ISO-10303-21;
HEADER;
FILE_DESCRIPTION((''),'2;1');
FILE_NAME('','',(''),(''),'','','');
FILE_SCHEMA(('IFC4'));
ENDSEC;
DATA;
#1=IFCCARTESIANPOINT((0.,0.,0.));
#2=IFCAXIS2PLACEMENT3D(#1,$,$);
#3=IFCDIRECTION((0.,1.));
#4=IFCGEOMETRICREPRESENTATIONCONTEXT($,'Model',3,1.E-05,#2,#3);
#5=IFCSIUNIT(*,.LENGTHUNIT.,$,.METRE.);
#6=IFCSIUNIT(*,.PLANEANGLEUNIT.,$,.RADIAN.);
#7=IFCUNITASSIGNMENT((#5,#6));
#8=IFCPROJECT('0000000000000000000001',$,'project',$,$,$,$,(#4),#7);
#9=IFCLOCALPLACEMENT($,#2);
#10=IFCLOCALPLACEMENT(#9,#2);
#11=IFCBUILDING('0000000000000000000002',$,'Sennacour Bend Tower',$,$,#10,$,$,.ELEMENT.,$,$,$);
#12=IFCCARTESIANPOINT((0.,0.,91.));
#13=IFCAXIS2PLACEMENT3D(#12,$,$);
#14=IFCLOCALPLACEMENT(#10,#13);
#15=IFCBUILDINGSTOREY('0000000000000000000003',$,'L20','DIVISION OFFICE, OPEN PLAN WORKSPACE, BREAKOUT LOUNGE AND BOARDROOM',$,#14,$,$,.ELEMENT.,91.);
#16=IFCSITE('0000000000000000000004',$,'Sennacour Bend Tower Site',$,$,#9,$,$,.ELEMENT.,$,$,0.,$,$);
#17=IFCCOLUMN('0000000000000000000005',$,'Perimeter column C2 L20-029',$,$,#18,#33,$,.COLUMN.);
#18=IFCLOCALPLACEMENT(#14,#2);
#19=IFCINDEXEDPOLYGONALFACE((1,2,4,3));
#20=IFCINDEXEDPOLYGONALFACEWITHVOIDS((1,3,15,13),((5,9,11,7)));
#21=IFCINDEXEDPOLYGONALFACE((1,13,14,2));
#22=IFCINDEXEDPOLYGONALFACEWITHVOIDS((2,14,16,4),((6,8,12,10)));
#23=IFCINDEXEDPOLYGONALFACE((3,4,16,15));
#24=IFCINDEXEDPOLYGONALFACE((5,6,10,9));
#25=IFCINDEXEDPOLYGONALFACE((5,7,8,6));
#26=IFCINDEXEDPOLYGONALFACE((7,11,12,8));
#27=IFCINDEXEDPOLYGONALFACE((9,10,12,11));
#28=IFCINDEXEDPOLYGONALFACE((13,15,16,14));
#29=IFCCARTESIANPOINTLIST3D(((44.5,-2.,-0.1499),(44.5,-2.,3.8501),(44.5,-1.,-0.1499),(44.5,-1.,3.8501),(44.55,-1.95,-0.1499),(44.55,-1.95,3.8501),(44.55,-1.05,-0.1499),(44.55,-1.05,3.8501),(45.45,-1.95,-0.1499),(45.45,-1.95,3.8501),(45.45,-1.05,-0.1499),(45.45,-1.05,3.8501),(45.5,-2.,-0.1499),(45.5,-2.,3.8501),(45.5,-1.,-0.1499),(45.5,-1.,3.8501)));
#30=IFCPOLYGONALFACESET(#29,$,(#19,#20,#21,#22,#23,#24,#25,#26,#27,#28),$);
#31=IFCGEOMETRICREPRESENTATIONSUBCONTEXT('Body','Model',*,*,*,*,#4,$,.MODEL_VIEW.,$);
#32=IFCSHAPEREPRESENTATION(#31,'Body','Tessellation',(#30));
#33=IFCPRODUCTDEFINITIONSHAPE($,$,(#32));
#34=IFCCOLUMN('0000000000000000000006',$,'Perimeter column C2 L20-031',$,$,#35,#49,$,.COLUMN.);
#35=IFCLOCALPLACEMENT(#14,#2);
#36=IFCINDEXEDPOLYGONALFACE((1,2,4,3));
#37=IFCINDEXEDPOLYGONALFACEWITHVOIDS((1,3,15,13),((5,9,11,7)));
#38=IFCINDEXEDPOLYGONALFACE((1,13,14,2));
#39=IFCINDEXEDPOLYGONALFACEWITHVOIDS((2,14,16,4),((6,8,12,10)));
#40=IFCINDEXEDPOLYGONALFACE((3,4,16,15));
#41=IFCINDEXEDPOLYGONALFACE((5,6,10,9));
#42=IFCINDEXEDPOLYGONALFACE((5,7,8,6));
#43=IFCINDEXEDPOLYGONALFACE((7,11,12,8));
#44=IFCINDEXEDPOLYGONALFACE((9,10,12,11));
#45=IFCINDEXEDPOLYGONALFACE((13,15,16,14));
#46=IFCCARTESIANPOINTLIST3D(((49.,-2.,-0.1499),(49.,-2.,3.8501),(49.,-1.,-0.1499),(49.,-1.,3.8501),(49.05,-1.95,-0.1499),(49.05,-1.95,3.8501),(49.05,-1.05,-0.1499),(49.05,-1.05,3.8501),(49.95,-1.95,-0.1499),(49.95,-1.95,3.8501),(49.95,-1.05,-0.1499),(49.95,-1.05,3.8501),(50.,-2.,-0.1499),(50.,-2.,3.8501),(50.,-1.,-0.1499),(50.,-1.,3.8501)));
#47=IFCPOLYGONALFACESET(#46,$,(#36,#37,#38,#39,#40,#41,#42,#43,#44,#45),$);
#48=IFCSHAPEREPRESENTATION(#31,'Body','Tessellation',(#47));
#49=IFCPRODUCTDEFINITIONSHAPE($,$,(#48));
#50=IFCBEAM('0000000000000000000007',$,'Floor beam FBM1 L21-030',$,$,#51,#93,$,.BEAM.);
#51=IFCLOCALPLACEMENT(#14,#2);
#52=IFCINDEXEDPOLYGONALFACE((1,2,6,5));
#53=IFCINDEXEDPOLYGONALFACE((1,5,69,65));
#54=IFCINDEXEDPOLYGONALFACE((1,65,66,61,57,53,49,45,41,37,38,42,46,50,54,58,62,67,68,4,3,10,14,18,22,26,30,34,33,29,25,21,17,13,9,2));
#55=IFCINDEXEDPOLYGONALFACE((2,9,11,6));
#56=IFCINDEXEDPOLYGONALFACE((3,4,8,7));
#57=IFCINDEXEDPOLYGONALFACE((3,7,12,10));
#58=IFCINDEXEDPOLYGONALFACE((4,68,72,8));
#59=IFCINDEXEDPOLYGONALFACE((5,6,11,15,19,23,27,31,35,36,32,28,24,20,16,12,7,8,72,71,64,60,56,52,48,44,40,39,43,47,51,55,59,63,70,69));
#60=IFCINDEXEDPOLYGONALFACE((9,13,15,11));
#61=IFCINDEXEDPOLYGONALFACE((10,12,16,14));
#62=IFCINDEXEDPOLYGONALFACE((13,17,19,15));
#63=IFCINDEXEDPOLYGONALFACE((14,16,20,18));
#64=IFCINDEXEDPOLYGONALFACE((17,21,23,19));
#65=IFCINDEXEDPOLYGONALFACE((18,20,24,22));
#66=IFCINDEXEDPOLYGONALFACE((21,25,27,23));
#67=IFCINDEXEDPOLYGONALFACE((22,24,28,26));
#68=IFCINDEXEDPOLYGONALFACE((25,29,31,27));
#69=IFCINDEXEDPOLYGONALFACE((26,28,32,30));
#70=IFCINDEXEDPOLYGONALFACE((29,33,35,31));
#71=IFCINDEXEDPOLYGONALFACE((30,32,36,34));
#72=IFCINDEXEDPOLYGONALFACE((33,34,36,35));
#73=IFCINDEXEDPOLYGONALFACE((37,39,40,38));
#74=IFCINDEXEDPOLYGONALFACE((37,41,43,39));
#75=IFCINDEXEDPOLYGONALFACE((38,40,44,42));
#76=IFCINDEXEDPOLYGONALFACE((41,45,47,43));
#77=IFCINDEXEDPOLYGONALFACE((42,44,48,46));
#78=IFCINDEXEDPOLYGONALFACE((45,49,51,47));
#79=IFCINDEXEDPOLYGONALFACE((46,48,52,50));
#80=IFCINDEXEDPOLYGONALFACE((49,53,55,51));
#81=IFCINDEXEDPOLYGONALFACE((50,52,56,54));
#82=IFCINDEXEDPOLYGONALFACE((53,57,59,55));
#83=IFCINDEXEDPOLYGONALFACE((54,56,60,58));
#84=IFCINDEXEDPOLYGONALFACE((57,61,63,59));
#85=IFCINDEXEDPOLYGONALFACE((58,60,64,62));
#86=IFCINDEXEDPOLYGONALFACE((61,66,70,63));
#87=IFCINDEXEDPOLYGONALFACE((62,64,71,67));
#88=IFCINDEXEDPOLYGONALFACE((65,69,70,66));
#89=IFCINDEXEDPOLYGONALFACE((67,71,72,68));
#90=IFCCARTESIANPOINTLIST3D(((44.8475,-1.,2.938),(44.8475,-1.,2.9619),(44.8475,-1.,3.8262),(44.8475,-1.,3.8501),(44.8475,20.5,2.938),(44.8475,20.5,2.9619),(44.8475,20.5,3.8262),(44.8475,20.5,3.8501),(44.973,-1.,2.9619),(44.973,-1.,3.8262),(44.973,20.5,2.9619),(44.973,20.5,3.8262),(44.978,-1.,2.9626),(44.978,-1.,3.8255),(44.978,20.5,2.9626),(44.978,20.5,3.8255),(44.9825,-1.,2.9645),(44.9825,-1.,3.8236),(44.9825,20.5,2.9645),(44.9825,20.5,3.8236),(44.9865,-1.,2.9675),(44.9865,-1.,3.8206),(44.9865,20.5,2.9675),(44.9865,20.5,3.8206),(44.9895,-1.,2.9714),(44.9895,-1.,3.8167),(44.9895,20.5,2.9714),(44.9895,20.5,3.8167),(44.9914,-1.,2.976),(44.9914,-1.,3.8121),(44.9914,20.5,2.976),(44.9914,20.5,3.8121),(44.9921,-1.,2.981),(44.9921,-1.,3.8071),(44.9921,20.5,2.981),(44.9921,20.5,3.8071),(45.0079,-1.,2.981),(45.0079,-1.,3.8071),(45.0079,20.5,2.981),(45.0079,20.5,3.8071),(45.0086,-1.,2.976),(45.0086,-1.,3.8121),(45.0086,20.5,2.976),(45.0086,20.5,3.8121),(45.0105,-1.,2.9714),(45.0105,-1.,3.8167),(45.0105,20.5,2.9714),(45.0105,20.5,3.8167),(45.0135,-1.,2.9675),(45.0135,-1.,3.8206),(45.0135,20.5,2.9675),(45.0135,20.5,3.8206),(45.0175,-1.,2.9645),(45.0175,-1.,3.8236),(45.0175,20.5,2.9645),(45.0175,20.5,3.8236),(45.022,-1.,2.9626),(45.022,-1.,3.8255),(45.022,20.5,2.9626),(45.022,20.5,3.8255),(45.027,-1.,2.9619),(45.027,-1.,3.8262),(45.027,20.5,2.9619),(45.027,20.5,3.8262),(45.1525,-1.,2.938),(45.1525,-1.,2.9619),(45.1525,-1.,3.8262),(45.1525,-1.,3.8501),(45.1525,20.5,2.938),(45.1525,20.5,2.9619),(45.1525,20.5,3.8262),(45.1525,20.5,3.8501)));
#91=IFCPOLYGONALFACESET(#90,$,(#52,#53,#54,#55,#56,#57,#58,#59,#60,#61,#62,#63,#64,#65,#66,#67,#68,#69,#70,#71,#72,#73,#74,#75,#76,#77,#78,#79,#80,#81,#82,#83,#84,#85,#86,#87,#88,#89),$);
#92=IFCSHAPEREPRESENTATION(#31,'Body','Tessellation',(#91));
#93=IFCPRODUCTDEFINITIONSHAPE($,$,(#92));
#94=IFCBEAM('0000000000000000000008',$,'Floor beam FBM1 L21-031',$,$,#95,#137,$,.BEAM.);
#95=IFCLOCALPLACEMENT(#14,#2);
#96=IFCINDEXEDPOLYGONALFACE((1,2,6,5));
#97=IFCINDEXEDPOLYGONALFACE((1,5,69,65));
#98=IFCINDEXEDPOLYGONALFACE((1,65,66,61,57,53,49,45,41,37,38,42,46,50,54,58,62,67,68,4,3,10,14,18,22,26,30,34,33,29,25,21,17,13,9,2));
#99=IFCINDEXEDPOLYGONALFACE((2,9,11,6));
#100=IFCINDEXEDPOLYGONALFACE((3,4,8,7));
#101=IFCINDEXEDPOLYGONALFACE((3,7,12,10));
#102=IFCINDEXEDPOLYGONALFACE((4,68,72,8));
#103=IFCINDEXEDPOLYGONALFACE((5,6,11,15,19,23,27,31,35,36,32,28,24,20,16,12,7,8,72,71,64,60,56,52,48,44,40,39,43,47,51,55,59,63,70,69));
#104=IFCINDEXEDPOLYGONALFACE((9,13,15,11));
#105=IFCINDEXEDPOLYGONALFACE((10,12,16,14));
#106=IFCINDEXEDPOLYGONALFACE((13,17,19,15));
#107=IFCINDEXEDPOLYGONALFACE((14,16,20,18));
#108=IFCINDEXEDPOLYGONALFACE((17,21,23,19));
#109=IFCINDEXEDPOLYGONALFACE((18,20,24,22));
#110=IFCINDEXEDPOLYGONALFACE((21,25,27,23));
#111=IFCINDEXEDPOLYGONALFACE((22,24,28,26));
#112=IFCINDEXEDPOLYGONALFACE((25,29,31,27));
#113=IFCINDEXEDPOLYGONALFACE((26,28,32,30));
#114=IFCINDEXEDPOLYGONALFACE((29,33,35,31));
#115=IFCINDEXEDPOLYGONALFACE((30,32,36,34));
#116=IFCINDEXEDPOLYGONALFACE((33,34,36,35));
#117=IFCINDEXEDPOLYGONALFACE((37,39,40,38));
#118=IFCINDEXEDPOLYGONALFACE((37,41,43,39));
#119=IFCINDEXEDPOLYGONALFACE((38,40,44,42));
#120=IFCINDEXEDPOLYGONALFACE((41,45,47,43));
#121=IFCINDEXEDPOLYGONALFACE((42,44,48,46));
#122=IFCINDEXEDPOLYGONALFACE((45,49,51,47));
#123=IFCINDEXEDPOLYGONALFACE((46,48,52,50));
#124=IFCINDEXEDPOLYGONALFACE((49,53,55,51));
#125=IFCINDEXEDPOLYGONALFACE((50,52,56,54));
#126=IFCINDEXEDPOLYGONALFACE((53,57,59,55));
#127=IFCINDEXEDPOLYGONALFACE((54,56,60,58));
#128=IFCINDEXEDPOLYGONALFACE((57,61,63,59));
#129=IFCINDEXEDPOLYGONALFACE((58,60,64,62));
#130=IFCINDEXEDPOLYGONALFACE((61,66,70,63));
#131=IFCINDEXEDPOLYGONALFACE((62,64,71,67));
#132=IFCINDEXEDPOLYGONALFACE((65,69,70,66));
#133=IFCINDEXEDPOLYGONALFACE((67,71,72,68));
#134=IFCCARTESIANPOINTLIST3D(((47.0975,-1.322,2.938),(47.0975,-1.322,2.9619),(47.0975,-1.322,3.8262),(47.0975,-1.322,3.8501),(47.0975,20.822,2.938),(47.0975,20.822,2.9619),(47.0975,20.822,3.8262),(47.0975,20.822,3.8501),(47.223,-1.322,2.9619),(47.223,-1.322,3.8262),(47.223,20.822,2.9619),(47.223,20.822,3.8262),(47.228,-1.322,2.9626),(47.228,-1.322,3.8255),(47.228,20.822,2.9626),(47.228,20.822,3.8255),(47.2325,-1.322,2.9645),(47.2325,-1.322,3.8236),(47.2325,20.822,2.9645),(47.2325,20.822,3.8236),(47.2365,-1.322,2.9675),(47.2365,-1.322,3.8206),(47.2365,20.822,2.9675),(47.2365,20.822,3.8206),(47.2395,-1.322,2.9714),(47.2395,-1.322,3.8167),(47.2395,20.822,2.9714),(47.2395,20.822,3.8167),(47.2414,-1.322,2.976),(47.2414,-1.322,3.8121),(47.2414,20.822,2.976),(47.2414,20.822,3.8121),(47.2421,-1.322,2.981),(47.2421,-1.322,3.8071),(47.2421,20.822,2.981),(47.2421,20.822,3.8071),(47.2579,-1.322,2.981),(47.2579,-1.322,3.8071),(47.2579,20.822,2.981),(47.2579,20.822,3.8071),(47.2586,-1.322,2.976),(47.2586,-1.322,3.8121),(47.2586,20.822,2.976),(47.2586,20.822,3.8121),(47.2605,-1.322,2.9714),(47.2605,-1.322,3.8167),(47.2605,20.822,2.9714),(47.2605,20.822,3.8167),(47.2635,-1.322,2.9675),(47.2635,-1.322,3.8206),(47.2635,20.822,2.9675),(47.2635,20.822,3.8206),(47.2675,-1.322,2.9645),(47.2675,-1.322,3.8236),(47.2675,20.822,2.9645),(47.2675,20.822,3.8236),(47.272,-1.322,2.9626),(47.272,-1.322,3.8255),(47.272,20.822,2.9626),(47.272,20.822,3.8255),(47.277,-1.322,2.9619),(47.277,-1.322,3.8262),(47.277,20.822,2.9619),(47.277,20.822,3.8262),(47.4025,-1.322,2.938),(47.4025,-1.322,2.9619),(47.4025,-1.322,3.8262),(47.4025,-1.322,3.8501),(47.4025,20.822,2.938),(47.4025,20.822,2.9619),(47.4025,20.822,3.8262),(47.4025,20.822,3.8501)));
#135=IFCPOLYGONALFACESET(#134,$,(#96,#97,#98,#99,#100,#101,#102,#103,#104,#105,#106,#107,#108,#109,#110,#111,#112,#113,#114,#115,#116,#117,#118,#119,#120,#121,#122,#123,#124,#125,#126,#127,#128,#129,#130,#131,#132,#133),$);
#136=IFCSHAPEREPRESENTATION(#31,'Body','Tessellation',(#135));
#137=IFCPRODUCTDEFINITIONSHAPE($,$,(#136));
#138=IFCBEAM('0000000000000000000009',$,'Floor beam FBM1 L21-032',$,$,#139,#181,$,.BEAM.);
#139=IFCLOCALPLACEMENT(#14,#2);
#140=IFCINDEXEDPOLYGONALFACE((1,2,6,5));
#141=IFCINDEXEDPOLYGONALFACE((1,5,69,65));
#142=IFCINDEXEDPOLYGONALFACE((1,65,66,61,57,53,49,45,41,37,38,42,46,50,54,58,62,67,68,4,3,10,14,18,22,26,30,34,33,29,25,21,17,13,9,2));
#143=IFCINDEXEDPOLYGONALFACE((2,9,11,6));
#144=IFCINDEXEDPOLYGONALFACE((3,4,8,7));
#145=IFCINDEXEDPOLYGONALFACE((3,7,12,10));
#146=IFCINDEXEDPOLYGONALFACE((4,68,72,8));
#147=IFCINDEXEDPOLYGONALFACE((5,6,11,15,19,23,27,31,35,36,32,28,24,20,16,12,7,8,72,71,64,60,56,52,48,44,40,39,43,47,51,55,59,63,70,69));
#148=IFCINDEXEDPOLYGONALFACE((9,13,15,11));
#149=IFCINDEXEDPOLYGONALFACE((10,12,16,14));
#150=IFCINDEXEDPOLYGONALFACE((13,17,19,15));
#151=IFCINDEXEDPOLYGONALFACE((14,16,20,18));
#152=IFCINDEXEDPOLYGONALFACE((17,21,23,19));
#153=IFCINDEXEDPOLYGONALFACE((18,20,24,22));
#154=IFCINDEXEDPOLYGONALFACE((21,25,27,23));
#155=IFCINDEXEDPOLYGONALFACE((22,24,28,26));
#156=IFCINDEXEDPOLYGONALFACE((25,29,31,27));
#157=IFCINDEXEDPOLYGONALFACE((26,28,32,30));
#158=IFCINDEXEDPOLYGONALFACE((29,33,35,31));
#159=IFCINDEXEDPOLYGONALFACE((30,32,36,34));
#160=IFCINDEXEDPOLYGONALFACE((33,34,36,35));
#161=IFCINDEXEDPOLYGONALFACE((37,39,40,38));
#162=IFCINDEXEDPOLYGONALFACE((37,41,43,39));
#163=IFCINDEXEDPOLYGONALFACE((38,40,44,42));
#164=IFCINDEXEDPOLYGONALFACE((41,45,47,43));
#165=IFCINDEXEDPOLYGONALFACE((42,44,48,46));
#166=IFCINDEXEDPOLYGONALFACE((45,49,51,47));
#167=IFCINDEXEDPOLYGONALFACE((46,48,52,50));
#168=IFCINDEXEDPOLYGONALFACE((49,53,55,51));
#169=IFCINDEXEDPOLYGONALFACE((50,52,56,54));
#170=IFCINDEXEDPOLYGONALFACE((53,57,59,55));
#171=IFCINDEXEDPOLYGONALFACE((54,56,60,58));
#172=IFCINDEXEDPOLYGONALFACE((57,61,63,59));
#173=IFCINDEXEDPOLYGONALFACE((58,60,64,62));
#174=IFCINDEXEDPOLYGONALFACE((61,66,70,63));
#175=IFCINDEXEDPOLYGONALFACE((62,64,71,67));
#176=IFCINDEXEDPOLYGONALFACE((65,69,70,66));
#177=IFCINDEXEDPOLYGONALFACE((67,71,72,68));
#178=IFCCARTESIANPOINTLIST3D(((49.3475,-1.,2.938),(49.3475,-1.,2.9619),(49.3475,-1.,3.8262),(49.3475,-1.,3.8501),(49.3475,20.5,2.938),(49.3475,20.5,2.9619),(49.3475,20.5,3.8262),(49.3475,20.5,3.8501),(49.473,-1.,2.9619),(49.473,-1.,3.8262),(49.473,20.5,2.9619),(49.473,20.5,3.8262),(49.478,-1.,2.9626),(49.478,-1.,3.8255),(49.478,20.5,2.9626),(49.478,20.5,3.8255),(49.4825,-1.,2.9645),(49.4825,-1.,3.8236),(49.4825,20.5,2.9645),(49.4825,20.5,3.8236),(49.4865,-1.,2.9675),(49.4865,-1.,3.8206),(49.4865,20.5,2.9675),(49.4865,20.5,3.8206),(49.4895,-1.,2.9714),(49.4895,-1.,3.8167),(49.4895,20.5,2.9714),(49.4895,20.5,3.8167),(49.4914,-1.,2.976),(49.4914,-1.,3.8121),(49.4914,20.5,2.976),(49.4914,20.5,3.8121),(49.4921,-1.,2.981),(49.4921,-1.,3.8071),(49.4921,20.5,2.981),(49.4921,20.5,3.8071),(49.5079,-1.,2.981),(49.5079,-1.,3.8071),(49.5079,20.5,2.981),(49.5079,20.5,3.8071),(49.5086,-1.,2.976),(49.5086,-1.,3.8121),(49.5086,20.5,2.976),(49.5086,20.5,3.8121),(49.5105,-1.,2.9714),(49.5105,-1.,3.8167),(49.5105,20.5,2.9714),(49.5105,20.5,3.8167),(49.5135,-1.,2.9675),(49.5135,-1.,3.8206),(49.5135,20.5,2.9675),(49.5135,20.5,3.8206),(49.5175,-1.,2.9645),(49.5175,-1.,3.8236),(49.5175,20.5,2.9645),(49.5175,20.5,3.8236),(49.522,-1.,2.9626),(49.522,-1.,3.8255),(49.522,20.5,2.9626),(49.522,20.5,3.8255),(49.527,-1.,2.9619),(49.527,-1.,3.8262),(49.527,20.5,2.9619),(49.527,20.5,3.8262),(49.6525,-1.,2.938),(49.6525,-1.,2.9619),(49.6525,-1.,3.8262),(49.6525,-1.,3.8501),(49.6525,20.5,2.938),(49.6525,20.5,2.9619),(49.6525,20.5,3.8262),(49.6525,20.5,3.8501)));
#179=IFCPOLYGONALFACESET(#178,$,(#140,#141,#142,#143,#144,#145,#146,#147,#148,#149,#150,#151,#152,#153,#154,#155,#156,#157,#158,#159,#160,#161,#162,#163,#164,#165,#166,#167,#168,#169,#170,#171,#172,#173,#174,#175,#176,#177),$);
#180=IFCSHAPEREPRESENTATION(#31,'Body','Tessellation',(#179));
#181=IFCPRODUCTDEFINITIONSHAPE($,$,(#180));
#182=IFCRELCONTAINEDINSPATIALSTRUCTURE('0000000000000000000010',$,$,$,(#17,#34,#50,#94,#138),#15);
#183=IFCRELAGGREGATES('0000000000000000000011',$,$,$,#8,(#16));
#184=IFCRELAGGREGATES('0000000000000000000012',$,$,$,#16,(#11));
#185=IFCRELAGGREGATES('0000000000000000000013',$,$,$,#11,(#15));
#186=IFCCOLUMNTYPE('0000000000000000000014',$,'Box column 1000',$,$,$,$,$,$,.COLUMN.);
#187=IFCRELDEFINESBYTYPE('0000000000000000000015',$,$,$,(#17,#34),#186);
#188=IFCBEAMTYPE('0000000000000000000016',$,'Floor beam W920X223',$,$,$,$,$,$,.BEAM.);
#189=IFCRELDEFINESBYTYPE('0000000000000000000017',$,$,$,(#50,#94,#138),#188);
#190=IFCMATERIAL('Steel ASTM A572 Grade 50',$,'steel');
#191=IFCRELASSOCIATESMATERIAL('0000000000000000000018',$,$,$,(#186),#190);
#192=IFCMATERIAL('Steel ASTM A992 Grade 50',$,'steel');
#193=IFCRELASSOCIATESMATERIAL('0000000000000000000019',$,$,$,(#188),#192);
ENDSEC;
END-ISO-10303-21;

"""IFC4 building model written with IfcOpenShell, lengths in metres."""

from ifc_helpers import new_model, si_unit, direction, frame, origin, origin_2d, place, context, subcontext, project, spatial, hollow_rectangle, i_section, extrude, material, material_profile, profile_set, type_object, element, save


model = new_model("IFC4")

# Units and contexts
model_context = context("Model", 3, precision=1e-05, world=origin(), true_north=direction((0.0, 1.0)))
body_context = subcontext(model_context, "Body", "Model", "MODEL_VIEW")
ifc_project = project(units=[si_unit("LENGTHUNIT", "METRE"), si_unit("PLANEANGLEUNIT", "RADIAN")], contexts=[model_context])

# Site, building, storey
site_placement = place(None, origin())
site = spatial("IfcSite", under=ifc_project, at=site_placement, Name="Sennacour Bend Tower Site", CompositionType="ELEMENT", RefElevation=0.0)
building_placement = place(site_placement, origin())
building = spatial("IfcBuilding", under=site, at=building_placement, Name="Sennacour Bend Tower", CompositionType="ELEMENT")
storey_placement = place(building_placement, frame((0.0, 0.0, 91.0)))
storey = spatial("IfcBuildingStorey", under=building, at=storey_placement, Name="L20", Description="DIVISION OFFICE, OPEN PLAN WORKSPACE, BREAKOUT LOUNGE AND BOARDROOM", CompositionType="ELEMENT", Elevation=91.0)

# Columns
ifc_material_1 = material(Name="Steel ASTM A572 Grade 50", Category="steel")
ifc_material_profile_1 = material_profile(ifc_material_1, hollow_rectangle(XDim=1.0, YDim=1.0, WallThickness=0.05, at=origin_2d()), Name="Steel ASTM A572 Grade 50", Category="steel")
ifc_profile_set_1 = profile_set([ifc_material_profile_1], Name="Steel ASTM A572 Grade 50")
column_type = type_object("IfcColumnType", Name="Box column 1000", PredefinedType="COLUMN", material=ifc_profile_set_1)
for number, where, z_axis, x_axis, name in (
    (1, (45.0, -1.5, -0.1499), (0.0, 0.0, 1.0), (1.0, 0.0, 0.0), "Perimeter column C2 L20-029"),
    (2, (49.5, -1.5, -0.1499), (0.0, 0.0, 1.0), (1.0, 0.0, 0.0), "Perimeter column C2 L20-031"),
):
    element("IfcColumn", number, at=place(storey_placement, frame(where, z_axis=z_axis, x_axis=x_axis)), inside=storey, type_object=column_type, Name=name, PredefinedType="COLUMN", context=body_context, shape_type="SweptSolid", body=[
        extrude(hollow_rectangle(XDim=1.0, YDim=1.0, WallThickness=0.05, at=origin_2d()), origin(), (0.0, 0.0, 1.0), 4.0),
    ])

# Beams
ifc_material_2 = material(Name="Steel ASTM A992 Grade 50", Category="steel")
ifc_material_profile_2 = material_profile(ifc_material_2, i_section(OverallWidth=0.3049, OverallDepth=0.9121, WebThickness=0.0159, FlangeThickness=0.0239, FilletRadius=0.019, at=origin_2d()), Name="Steel ASTM A992 Grade 50", Category="steel")
ifc_profile_set_2 = profile_set([ifc_material_profile_2], Name="Steel ASTM A992 Grade 50")
beam_type_1 = type_object("IfcBeamType", Name="Floor beam W920X223", PredefinedType="BEAM", material=ifc_profile_set_2)
beam_1_placement = place(storey_placement, frame((45.0, -1.0, 3.394), z_axis=(0.0, 1.0, 0.0), x_axis=(-1.0, 0.0, 0.0)))
element("IfcBeam", 3, at=beam_1_placement, inside=storey, type_object=beam_type_1, Name="Floor beam FBM1 L21-030", PredefinedType="BEAM", context=body_context, shape_type="SweptSolid", body=[
    extrude(i_section(OverallWidth=0.3049, OverallDepth=0.9121, WebThickness=0.0159, FlangeThickness=0.0239, FilletRadius=0.019, at=origin_2d()), origin(), (0.0, 0.0, 1.0), 21.5),
])
beam_2_placement = place(storey_placement, frame((47.25, -1.322, 3.394), z_axis=(0.0, 1.0, 0.0), x_axis=(-1.0, 0.0, 0.0)))
element("IfcBeam", 4, at=beam_2_placement, inside=storey, type_object=beam_type_1, Name="Floor beam FBM1 L21-031", PredefinedType="BEAM", context=body_context, shape_type="SweptSolid", body=[
    extrude(i_section(OverallWidth=0.3049, OverallDepth=0.9121, WebThickness=0.0159, FlangeThickness=0.0239, FilletRadius=0.019, at=origin_2d()), origin(), (0.0, 0.0, 1.0), 22.144),
])
beam_3_placement = place(storey_placement, frame((49.5, -1.0, 3.394), z_axis=(0.0, 1.0, 0.0), x_axis=(-1.0, 0.0, 0.0)))
element("IfcBeam", 5, at=beam_3_placement, inside=storey, type_object=beam_type_1, Name="Floor beam FBM1 L21-032", PredefinedType="BEAM", context=body_context, shape_type="SweptSolid", body=[
    extrude(i_section(OverallWidth=0.3049, OverallDepth=0.9121, WebThickness=0.0159, FlangeThickness=0.0239, FilletRadius=0.019, at=origin_2d()), origin(), (0.0, 0.0, 1.0), 21.5),
])

save(model, "model.ifc")
